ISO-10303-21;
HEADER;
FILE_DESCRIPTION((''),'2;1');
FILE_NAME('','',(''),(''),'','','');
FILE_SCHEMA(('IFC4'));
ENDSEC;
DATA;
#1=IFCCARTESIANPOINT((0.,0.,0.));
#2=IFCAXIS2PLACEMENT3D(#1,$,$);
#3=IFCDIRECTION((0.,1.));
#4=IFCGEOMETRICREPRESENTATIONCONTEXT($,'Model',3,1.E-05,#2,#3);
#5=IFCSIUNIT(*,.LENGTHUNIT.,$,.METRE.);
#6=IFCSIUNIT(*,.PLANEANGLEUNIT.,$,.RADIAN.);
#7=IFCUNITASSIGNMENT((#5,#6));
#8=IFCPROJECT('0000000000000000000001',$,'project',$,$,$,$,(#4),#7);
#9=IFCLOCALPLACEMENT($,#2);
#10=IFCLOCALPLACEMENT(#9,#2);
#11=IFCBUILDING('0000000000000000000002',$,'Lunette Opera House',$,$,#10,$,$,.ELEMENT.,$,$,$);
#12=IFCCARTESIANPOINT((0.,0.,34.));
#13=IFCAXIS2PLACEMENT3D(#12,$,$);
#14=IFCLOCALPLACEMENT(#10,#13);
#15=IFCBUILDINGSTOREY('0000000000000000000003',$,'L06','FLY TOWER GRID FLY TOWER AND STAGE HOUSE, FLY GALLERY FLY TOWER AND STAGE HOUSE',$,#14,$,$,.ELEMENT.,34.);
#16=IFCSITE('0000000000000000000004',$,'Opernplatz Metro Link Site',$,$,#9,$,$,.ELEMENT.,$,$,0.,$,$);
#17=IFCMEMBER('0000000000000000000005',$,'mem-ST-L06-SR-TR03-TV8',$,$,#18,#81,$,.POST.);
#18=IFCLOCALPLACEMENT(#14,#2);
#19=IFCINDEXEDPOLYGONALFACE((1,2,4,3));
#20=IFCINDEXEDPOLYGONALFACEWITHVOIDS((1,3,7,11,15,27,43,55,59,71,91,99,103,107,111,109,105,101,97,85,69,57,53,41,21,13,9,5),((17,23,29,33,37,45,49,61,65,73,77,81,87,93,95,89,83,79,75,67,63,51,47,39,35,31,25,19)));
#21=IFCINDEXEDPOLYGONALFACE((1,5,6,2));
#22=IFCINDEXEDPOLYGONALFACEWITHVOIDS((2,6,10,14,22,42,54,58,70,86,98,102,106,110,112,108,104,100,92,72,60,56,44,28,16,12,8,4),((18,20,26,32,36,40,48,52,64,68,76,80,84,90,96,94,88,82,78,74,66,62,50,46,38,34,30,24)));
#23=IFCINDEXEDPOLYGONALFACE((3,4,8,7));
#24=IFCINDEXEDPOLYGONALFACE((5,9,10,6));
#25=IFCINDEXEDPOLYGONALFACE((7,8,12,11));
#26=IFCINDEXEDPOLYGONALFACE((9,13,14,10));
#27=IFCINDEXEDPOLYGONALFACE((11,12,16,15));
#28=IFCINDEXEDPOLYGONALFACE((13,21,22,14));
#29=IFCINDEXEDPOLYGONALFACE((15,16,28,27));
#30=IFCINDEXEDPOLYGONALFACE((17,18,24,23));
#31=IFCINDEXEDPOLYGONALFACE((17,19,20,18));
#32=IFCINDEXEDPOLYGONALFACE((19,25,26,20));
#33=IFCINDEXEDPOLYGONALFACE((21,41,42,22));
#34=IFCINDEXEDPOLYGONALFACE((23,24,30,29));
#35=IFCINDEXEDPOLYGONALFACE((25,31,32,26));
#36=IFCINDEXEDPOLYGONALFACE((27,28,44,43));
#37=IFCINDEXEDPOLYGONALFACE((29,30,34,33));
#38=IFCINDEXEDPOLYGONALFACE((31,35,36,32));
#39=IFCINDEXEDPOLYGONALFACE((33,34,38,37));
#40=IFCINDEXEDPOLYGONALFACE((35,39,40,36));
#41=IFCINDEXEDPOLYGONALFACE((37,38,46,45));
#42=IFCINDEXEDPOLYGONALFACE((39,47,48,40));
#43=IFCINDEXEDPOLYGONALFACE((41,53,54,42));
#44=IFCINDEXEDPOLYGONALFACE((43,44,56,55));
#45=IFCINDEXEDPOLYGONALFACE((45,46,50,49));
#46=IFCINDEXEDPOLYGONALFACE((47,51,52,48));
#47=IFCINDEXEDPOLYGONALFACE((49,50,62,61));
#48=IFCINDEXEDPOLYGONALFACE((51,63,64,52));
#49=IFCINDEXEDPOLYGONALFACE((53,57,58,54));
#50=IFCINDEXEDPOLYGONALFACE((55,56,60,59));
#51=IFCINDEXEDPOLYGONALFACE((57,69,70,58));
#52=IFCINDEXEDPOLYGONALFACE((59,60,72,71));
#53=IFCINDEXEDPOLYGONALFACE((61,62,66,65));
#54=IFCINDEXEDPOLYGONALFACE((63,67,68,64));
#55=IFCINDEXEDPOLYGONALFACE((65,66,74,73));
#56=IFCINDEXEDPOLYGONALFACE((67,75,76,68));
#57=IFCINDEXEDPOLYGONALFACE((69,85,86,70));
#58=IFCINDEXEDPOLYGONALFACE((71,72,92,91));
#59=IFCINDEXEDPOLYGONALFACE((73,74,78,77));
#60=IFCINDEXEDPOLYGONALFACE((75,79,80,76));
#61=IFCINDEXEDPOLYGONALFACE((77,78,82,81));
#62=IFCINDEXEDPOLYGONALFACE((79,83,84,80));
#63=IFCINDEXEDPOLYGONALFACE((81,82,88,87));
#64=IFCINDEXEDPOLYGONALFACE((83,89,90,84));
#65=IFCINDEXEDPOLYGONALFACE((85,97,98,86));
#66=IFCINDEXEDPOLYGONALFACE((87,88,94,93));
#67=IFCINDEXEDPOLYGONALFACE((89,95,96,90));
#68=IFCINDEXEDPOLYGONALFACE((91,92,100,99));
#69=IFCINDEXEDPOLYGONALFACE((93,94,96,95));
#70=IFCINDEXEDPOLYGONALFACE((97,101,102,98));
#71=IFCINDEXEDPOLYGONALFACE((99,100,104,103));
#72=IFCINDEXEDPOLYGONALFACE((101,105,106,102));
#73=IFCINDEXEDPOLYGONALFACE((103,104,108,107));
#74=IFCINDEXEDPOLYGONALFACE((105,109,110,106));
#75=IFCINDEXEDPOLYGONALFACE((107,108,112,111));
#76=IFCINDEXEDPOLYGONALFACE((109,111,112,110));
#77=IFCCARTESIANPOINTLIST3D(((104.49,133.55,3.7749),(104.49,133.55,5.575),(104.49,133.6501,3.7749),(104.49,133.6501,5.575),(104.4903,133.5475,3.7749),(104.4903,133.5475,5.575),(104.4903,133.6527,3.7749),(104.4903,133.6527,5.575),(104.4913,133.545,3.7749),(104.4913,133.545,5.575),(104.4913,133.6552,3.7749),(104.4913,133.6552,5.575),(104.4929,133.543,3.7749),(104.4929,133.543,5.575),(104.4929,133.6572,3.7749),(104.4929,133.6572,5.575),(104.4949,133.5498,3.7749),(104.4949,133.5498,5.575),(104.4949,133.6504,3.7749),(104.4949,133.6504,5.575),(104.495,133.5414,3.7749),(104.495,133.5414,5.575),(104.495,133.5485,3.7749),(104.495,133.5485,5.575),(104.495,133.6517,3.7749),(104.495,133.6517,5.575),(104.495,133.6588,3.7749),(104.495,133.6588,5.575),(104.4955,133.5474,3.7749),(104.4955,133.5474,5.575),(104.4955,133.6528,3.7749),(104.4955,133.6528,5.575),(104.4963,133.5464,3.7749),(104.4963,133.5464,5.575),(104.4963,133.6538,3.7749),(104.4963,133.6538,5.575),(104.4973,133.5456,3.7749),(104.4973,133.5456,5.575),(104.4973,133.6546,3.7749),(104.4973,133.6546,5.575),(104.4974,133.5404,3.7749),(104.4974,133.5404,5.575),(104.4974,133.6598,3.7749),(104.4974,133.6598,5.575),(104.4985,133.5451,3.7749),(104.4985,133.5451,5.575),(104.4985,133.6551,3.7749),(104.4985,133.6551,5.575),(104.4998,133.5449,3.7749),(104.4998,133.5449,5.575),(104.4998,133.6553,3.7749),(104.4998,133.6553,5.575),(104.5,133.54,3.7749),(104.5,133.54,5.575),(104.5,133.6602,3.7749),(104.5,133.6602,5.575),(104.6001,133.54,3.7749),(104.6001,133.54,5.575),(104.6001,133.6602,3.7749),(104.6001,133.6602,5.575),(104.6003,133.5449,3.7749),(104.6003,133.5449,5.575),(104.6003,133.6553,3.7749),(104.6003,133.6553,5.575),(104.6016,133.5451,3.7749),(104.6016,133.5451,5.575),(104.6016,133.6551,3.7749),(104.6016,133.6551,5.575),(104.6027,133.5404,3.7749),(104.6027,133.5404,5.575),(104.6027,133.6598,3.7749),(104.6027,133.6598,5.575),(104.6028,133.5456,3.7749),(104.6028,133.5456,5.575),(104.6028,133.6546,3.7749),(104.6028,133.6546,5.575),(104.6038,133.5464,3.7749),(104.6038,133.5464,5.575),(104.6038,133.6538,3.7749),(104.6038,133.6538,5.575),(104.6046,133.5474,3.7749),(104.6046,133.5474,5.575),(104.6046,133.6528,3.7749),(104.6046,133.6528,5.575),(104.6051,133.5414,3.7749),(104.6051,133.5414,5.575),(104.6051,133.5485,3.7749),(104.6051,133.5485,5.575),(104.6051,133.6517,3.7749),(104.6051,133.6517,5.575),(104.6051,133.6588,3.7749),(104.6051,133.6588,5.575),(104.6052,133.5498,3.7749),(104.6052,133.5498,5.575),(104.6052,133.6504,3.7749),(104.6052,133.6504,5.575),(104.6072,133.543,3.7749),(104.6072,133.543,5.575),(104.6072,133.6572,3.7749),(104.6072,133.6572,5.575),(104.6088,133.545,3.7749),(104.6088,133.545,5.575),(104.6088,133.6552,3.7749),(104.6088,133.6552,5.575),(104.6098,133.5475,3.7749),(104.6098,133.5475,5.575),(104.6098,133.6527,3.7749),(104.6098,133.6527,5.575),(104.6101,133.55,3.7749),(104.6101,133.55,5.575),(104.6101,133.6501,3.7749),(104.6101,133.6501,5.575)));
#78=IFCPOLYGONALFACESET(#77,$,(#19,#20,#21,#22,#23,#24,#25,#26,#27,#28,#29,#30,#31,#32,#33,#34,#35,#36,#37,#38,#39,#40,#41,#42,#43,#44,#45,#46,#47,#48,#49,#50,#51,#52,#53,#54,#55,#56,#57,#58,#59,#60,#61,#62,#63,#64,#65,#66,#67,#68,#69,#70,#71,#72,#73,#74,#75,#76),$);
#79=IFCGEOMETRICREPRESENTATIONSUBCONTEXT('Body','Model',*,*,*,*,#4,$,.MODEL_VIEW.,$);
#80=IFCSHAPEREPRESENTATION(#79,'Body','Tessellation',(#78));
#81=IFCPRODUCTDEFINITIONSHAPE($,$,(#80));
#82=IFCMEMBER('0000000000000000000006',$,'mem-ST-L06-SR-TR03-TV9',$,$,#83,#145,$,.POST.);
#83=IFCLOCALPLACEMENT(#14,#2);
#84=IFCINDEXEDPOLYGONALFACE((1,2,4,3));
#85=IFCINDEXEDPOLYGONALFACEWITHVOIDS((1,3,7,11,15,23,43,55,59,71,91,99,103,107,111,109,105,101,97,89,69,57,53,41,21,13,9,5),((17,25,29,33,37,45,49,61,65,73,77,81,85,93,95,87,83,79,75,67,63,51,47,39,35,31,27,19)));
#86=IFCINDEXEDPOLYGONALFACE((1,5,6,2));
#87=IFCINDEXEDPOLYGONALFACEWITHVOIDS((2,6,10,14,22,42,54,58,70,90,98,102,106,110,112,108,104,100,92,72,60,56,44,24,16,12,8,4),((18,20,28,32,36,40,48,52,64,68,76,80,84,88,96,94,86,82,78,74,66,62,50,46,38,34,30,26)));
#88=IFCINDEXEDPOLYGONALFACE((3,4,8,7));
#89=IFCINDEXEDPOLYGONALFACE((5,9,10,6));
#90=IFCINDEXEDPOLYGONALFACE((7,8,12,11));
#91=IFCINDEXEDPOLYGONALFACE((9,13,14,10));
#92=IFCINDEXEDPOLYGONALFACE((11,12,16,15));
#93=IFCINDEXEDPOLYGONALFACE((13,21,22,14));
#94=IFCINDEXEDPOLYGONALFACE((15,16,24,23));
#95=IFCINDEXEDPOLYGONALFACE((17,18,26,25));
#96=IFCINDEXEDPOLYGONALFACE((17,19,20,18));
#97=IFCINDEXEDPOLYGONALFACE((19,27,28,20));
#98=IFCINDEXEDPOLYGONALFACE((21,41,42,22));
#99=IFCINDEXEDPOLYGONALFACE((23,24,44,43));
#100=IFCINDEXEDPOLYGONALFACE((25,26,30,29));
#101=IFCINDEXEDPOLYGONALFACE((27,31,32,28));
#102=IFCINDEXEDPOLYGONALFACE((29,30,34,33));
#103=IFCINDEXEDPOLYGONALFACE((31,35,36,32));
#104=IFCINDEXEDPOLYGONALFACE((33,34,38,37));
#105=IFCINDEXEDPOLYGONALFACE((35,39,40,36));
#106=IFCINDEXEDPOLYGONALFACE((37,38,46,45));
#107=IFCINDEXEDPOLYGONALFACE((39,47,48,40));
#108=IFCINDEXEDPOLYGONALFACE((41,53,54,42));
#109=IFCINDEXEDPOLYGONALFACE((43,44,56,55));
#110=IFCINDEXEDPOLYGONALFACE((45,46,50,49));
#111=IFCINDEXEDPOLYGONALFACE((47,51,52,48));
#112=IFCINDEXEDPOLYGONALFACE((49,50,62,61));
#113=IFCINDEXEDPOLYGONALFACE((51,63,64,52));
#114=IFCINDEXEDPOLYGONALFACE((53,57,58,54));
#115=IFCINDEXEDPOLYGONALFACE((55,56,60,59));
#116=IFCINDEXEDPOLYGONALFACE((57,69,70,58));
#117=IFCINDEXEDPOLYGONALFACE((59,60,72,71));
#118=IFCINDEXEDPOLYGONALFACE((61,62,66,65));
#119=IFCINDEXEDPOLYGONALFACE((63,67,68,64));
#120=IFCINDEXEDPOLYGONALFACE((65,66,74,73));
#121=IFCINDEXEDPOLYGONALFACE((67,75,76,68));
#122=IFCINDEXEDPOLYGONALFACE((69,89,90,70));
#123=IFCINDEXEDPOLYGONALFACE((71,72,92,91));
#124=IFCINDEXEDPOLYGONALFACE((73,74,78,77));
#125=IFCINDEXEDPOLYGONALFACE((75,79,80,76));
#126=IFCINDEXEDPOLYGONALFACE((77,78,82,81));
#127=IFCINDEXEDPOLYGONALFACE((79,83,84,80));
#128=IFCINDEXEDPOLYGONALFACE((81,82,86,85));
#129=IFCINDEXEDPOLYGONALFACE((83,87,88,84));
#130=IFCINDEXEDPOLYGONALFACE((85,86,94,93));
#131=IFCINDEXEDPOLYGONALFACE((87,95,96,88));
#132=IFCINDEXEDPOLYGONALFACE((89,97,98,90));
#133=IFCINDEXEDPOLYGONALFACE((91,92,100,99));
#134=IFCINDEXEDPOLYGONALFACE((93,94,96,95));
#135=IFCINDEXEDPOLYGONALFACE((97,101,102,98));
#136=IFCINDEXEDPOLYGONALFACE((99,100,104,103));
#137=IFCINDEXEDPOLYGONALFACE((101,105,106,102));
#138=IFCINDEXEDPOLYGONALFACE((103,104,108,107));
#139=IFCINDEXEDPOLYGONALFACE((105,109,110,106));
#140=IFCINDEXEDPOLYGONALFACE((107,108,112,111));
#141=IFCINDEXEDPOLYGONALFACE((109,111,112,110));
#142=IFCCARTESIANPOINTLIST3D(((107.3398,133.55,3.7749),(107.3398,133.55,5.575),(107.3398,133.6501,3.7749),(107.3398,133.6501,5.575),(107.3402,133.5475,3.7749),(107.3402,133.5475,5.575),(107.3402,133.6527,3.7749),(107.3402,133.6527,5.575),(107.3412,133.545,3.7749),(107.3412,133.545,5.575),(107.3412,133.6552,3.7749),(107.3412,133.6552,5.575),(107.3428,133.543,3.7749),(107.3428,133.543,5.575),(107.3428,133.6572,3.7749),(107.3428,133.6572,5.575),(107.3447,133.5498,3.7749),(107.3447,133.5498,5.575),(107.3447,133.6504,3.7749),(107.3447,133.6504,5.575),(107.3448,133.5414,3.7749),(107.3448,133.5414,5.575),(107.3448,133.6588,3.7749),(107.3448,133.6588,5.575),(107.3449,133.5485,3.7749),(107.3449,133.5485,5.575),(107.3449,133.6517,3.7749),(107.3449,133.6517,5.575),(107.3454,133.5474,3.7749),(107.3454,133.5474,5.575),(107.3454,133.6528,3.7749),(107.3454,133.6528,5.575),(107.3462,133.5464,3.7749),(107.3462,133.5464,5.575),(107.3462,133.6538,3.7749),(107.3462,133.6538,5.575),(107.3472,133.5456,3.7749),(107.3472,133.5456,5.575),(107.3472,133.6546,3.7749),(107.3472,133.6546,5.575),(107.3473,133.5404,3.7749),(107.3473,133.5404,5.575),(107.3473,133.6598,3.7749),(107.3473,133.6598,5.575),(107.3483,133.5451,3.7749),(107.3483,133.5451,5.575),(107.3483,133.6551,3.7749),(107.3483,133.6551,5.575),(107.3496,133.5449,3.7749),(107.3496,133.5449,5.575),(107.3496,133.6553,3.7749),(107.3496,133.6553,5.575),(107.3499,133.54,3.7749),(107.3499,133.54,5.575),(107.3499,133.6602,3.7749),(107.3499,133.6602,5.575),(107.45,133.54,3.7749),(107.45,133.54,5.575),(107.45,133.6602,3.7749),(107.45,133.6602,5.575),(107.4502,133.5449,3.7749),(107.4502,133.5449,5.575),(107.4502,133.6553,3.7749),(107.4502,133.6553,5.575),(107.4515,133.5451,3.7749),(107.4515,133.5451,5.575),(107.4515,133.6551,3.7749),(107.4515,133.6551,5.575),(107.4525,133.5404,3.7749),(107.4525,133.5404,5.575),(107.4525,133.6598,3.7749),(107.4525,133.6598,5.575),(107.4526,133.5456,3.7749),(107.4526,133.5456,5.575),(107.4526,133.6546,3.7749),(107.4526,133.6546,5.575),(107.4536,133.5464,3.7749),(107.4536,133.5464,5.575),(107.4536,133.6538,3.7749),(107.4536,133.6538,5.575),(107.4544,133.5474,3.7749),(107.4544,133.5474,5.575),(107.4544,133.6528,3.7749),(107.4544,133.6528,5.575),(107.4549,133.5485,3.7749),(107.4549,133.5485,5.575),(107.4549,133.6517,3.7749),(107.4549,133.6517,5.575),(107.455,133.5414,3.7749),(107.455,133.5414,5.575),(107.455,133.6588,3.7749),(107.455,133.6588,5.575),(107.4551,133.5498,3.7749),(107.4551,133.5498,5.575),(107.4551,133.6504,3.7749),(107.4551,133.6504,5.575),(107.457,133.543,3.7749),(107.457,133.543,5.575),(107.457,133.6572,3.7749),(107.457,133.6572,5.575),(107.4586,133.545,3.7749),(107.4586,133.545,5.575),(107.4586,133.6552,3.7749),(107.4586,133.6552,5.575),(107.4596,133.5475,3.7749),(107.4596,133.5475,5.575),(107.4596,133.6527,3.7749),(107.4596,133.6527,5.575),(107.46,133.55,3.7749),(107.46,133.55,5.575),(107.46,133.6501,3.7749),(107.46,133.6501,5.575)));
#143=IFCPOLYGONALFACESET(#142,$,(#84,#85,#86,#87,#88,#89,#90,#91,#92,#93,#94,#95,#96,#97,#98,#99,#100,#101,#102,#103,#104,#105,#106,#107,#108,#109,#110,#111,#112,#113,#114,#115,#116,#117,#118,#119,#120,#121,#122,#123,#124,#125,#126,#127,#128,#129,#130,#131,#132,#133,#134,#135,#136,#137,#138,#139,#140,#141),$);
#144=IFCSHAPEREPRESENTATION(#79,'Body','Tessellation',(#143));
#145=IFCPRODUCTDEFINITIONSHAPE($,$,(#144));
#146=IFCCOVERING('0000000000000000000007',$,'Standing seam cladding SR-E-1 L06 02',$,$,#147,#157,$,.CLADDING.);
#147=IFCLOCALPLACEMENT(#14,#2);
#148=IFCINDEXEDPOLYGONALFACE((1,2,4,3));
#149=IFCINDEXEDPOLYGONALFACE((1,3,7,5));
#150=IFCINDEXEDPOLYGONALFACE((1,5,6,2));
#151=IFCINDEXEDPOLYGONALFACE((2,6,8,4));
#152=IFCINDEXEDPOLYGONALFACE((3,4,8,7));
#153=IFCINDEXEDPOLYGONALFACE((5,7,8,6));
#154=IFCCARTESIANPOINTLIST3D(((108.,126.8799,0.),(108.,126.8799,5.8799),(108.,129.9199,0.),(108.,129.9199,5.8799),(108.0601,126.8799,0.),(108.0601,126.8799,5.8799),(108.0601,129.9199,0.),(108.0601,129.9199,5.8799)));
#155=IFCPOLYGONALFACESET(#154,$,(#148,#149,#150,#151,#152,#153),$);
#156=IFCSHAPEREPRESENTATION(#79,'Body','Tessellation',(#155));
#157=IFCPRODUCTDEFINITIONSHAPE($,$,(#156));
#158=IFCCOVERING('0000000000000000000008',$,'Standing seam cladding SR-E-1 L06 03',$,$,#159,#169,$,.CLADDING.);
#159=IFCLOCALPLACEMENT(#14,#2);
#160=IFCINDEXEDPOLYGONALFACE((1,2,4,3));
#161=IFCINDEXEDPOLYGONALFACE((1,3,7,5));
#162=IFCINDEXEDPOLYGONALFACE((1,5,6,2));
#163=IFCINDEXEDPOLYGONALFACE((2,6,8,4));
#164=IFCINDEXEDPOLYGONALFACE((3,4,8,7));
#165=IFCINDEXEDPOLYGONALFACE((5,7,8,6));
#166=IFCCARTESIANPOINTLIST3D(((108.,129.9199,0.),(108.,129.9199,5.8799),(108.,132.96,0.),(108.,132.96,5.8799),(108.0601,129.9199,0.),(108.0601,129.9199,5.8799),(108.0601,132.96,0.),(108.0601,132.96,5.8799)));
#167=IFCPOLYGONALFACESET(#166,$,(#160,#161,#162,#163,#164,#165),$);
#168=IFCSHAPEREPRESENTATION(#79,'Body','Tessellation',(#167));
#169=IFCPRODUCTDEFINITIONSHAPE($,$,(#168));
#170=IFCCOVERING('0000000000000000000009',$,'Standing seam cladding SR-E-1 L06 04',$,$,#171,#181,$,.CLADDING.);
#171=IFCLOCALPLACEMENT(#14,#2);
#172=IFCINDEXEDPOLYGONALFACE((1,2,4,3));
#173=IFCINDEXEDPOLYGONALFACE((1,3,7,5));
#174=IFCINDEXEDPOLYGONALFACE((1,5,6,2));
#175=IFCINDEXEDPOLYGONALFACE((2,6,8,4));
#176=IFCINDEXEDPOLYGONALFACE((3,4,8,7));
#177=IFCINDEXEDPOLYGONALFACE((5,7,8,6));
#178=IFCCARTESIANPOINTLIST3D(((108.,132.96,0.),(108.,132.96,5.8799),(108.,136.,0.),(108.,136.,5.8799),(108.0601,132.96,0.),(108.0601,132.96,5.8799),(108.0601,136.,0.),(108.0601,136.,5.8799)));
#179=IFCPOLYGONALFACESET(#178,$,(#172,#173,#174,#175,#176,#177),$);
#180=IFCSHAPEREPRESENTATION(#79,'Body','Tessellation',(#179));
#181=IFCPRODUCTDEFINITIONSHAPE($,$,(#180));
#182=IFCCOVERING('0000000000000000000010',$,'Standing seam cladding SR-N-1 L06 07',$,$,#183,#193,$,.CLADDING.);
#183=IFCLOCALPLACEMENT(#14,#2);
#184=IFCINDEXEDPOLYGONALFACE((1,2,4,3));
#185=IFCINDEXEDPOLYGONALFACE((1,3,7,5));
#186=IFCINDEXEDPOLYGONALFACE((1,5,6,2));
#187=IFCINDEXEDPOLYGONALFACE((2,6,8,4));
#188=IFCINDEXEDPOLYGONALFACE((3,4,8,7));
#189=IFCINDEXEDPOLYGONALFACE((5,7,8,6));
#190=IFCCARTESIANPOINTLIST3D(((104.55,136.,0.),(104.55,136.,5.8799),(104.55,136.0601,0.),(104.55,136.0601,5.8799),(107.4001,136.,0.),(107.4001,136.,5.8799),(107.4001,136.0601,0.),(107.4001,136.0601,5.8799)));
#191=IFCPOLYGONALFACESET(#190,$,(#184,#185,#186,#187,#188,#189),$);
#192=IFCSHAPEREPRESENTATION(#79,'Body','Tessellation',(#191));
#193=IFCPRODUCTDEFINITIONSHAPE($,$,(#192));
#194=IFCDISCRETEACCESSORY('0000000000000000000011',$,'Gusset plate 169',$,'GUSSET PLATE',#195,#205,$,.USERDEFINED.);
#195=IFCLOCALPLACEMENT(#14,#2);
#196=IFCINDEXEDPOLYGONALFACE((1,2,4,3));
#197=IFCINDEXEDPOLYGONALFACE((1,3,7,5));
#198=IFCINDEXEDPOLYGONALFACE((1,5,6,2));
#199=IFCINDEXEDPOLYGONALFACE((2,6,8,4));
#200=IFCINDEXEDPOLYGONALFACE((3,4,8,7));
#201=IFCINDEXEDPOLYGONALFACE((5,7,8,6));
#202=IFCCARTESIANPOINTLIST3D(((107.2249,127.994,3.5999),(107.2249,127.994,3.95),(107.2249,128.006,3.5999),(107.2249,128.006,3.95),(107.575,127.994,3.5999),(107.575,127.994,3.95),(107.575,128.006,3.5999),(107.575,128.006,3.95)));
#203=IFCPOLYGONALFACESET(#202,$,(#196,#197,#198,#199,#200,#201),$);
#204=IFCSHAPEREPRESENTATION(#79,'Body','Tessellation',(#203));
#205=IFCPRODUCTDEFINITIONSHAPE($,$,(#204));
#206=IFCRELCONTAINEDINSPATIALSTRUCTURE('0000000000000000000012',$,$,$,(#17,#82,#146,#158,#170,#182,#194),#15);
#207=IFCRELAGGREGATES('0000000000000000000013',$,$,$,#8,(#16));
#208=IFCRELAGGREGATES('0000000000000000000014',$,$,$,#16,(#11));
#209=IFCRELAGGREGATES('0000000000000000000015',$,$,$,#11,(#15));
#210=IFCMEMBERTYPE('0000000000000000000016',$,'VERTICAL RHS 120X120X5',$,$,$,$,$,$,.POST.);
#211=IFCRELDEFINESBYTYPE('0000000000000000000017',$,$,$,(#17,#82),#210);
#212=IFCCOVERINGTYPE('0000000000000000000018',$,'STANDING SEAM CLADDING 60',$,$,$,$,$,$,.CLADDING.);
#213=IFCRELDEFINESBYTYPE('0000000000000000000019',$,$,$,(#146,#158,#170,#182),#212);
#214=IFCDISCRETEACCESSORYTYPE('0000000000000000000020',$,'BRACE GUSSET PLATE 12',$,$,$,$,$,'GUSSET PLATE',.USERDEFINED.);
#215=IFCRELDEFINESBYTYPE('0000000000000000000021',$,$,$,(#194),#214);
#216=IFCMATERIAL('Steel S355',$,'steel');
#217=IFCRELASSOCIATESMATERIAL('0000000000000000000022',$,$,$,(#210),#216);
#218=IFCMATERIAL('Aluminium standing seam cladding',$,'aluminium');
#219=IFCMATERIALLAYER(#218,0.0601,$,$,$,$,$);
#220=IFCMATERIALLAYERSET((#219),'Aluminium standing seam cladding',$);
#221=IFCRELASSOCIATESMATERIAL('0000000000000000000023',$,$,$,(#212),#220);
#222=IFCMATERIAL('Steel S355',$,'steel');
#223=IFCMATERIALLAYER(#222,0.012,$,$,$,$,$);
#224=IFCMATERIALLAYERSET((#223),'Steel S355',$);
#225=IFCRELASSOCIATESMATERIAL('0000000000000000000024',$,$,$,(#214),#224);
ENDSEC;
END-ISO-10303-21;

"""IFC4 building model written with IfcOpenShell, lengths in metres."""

from ifc_helpers import new_model, si_unit, direction, frame, origin, origin_2d, place, context, subcontext, project, spatial, rectangle, hollow_rectangle, extrude, material, layer, layer_set, material_profile, profile_set, type_object, element, save


model = new_model("IFC4")

# Units and contexts
model_context = context("Model", 3, precision=1e-05, world=origin(), true_north=direction((0.0, 1.0)))
body_context = subcontext(model_context, "Body", "Model", "MODEL_VIEW")
ifc_project = project(units=[si_unit("LENGTHUNIT", "METRE"), si_unit("PLANEANGLEUNIT", "RADIAN")], contexts=[model_context])

# Site, building, storey
site_placement = place(None, origin())
site = spatial("IfcSite", under=ifc_project, at=site_placement, Name="Opernplatz Metro Link Site", CompositionType="ELEMENT", RefElevation=0.0)
building_placement = place(site_placement, origin())
building = spatial("IfcBuilding", under=site, at=building_placement, Name="Lunette Opera House", CompositionType="ELEMENT")
storey_placement = place(building_placement, frame((0.0, 0.0, 34.0)))
storey = spatial("IfcBuildingStorey", under=building, at=storey_placement, Name="L06", Description="FLY TOWER GRID FLY TOWER AND STAGE HOUSE, FLY GALLERY FLY TOWER AND STAGE HOUSE", CompositionType="ELEMENT", Elevation=34.0)

# Members
ifc_material_1 = material(Name="Steel S355", Category="steel")
ifc_material_profile_1 = material_profile(ifc_material_1, hollow_rectangle(XDim=0.1201, YDim=0.1201, WallThickness=0.0049, InnerFilletRadius=0.0049, OuterFilletRadius=0.01, at=origin_2d()), Name="RHS 120X120X5")
ifc_profile_set_1 = profile_set([ifc_material_profile_1], Name="Steel S355")
member_type_1 = type_object("IfcMemberType", Name="VERTICAL RHS 120X120X5", PredefinedType="POST", material=ifc_profile_set_1)
for number, where, z_axis, x_axis, name in (
    (1, (104.55, 133.6001, 3.7749), (0.0, 0.0, 1.0), (1.0, 0.0, 0.0), "mem-ST-L06-SR-TR03-TV8"),
    (2, (107.3999, 133.6001, 3.7749), (0.0, 0.0, 1.0), (1.0, 0.0, 0.0), "mem-ST-L06-SR-TR03-TV9"),
):
    element("IfcMember", number, at=place(storey_placement, frame(where, z_axis=z_axis, x_axis=x_axis)), inside=storey, type_object=member_type_1, Name=name, PredefinedType="POST", context=body_context, shape_type="SweptSolid", body=[
        extrude(hollow_rectangle(XDim=0.1201, YDim=0.1201, WallThickness=0.0049, InnerFilletRadius=0.0049, OuterFilletRadius=0.01, at=origin_2d()), origin(), (0.0, 0.0, 1.0), 1.8),
    ])

# Coverings
ifc_material_2 = material(Name="Aluminium standing seam cladding", Category="aluminium")
ifc_layer_1 = layer(ifc_material_2, 0.0601)
ifc_layer_set_1 = layer_set([ifc_layer_1], Name="Aluminium standing seam cladding")
covering_type = type_object("IfcCoveringType", Name="STANDING SEAM CLADDING 60", PredefinedType="CLADDING", material=ifc_layer_set_1)
for number, where, z_axis, x_axis, name in (
    (3, (108.03, 128.3999, 0.0), (0.0, 0.0, 1.0), (0.0, 1.0, 0.0), "Standing seam cladding SR-E-1 L06 02"),
    (4, (108.03, 131.4399, 0.0), (0.0, 0.0, 1.0), (0.0, 1.0, 0.0), "Standing seam cladding SR-E-1 L06 03"),
    (5, (108.03, 134.48, 0.0), (0.0, 0.0, 1.0), (0.0, 1.0, 0.0), "Standing seam cladding SR-E-1 L06 04"),
):
    element("IfcCovering", number, at=place(storey_placement, frame(where, z_axis=z_axis, x_axis=x_axis)), inside=storey, type_object=covering_type, Name=name, PredefinedType="CLADDING", context=body_context, shape_type="SweptSolid", body=[
        extrude(rectangle(XDim=3.04, YDim=0.0601, at=origin_2d()), origin(), (0.0, 0.0, 1.0), 5.8799),
    ])
covering_placement = place(storey_placement, frame((105.9751, 136.03, 0.0), z_axis=(0.0, 0.0, 1.0), x_axis=(1.0, 0.0, 0.0)))
element("IfcCovering", 6, at=covering_placement, inside=storey, type_object=covering_type, Name="Standing seam cladding SR-N-1 L06 07", PredefinedType="CLADDING", context=body_context, shape_type="SweptSolid", body=[
    extrude(rectangle(XDim=2.8501, YDim=0.0601, at=origin_2d()), origin(), (0.0, 0.0, 1.0), 5.8799),
])

# Discrete accessory
ifc_material_3 = material(Name="Steel S355", Category="steel")
ifc_layer_2 = layer(ifc_material_3, 0.012)
ifc_layer_set_2 = layer_set([ifc_layer_2], Name="Steel S355")
discrete_accessory_type_1 = type_object("IfcDiscreteAccessoryType", Name="BRACE GUSSET PLATE 12", ElementType="GUSSET PLATE", PredefinedType="USERDEFINED", material=ifc_layer_set_2)
for number, where, z_axis, x_axis, name in (
    (7, (107.3999, 128.0, 3.5999), (0.0, 0.0, 1.0), (1.0, 0.0, 0.0), "Gusset plate 169"),
):
    element("IfcDiscreteAccessory", number, at=place(storey_placement, frame(where, z_axis=z_axis, x_axis=x_axis)), inside=storey, type_object=discrete_accessory_type_1, Name=name, ObjectType="GUSSET PLATE", PredefinedType="USERDEFINED", context=body_context, shape_type="SweptSolid", body=[
        extrude(rectangle(XDim=0.3501, YDim=0.012, at=origin_2d()), origin(), (0.0, 0.0, 1.0), 0.3501),
    ])

save(model, "model.ifc")
